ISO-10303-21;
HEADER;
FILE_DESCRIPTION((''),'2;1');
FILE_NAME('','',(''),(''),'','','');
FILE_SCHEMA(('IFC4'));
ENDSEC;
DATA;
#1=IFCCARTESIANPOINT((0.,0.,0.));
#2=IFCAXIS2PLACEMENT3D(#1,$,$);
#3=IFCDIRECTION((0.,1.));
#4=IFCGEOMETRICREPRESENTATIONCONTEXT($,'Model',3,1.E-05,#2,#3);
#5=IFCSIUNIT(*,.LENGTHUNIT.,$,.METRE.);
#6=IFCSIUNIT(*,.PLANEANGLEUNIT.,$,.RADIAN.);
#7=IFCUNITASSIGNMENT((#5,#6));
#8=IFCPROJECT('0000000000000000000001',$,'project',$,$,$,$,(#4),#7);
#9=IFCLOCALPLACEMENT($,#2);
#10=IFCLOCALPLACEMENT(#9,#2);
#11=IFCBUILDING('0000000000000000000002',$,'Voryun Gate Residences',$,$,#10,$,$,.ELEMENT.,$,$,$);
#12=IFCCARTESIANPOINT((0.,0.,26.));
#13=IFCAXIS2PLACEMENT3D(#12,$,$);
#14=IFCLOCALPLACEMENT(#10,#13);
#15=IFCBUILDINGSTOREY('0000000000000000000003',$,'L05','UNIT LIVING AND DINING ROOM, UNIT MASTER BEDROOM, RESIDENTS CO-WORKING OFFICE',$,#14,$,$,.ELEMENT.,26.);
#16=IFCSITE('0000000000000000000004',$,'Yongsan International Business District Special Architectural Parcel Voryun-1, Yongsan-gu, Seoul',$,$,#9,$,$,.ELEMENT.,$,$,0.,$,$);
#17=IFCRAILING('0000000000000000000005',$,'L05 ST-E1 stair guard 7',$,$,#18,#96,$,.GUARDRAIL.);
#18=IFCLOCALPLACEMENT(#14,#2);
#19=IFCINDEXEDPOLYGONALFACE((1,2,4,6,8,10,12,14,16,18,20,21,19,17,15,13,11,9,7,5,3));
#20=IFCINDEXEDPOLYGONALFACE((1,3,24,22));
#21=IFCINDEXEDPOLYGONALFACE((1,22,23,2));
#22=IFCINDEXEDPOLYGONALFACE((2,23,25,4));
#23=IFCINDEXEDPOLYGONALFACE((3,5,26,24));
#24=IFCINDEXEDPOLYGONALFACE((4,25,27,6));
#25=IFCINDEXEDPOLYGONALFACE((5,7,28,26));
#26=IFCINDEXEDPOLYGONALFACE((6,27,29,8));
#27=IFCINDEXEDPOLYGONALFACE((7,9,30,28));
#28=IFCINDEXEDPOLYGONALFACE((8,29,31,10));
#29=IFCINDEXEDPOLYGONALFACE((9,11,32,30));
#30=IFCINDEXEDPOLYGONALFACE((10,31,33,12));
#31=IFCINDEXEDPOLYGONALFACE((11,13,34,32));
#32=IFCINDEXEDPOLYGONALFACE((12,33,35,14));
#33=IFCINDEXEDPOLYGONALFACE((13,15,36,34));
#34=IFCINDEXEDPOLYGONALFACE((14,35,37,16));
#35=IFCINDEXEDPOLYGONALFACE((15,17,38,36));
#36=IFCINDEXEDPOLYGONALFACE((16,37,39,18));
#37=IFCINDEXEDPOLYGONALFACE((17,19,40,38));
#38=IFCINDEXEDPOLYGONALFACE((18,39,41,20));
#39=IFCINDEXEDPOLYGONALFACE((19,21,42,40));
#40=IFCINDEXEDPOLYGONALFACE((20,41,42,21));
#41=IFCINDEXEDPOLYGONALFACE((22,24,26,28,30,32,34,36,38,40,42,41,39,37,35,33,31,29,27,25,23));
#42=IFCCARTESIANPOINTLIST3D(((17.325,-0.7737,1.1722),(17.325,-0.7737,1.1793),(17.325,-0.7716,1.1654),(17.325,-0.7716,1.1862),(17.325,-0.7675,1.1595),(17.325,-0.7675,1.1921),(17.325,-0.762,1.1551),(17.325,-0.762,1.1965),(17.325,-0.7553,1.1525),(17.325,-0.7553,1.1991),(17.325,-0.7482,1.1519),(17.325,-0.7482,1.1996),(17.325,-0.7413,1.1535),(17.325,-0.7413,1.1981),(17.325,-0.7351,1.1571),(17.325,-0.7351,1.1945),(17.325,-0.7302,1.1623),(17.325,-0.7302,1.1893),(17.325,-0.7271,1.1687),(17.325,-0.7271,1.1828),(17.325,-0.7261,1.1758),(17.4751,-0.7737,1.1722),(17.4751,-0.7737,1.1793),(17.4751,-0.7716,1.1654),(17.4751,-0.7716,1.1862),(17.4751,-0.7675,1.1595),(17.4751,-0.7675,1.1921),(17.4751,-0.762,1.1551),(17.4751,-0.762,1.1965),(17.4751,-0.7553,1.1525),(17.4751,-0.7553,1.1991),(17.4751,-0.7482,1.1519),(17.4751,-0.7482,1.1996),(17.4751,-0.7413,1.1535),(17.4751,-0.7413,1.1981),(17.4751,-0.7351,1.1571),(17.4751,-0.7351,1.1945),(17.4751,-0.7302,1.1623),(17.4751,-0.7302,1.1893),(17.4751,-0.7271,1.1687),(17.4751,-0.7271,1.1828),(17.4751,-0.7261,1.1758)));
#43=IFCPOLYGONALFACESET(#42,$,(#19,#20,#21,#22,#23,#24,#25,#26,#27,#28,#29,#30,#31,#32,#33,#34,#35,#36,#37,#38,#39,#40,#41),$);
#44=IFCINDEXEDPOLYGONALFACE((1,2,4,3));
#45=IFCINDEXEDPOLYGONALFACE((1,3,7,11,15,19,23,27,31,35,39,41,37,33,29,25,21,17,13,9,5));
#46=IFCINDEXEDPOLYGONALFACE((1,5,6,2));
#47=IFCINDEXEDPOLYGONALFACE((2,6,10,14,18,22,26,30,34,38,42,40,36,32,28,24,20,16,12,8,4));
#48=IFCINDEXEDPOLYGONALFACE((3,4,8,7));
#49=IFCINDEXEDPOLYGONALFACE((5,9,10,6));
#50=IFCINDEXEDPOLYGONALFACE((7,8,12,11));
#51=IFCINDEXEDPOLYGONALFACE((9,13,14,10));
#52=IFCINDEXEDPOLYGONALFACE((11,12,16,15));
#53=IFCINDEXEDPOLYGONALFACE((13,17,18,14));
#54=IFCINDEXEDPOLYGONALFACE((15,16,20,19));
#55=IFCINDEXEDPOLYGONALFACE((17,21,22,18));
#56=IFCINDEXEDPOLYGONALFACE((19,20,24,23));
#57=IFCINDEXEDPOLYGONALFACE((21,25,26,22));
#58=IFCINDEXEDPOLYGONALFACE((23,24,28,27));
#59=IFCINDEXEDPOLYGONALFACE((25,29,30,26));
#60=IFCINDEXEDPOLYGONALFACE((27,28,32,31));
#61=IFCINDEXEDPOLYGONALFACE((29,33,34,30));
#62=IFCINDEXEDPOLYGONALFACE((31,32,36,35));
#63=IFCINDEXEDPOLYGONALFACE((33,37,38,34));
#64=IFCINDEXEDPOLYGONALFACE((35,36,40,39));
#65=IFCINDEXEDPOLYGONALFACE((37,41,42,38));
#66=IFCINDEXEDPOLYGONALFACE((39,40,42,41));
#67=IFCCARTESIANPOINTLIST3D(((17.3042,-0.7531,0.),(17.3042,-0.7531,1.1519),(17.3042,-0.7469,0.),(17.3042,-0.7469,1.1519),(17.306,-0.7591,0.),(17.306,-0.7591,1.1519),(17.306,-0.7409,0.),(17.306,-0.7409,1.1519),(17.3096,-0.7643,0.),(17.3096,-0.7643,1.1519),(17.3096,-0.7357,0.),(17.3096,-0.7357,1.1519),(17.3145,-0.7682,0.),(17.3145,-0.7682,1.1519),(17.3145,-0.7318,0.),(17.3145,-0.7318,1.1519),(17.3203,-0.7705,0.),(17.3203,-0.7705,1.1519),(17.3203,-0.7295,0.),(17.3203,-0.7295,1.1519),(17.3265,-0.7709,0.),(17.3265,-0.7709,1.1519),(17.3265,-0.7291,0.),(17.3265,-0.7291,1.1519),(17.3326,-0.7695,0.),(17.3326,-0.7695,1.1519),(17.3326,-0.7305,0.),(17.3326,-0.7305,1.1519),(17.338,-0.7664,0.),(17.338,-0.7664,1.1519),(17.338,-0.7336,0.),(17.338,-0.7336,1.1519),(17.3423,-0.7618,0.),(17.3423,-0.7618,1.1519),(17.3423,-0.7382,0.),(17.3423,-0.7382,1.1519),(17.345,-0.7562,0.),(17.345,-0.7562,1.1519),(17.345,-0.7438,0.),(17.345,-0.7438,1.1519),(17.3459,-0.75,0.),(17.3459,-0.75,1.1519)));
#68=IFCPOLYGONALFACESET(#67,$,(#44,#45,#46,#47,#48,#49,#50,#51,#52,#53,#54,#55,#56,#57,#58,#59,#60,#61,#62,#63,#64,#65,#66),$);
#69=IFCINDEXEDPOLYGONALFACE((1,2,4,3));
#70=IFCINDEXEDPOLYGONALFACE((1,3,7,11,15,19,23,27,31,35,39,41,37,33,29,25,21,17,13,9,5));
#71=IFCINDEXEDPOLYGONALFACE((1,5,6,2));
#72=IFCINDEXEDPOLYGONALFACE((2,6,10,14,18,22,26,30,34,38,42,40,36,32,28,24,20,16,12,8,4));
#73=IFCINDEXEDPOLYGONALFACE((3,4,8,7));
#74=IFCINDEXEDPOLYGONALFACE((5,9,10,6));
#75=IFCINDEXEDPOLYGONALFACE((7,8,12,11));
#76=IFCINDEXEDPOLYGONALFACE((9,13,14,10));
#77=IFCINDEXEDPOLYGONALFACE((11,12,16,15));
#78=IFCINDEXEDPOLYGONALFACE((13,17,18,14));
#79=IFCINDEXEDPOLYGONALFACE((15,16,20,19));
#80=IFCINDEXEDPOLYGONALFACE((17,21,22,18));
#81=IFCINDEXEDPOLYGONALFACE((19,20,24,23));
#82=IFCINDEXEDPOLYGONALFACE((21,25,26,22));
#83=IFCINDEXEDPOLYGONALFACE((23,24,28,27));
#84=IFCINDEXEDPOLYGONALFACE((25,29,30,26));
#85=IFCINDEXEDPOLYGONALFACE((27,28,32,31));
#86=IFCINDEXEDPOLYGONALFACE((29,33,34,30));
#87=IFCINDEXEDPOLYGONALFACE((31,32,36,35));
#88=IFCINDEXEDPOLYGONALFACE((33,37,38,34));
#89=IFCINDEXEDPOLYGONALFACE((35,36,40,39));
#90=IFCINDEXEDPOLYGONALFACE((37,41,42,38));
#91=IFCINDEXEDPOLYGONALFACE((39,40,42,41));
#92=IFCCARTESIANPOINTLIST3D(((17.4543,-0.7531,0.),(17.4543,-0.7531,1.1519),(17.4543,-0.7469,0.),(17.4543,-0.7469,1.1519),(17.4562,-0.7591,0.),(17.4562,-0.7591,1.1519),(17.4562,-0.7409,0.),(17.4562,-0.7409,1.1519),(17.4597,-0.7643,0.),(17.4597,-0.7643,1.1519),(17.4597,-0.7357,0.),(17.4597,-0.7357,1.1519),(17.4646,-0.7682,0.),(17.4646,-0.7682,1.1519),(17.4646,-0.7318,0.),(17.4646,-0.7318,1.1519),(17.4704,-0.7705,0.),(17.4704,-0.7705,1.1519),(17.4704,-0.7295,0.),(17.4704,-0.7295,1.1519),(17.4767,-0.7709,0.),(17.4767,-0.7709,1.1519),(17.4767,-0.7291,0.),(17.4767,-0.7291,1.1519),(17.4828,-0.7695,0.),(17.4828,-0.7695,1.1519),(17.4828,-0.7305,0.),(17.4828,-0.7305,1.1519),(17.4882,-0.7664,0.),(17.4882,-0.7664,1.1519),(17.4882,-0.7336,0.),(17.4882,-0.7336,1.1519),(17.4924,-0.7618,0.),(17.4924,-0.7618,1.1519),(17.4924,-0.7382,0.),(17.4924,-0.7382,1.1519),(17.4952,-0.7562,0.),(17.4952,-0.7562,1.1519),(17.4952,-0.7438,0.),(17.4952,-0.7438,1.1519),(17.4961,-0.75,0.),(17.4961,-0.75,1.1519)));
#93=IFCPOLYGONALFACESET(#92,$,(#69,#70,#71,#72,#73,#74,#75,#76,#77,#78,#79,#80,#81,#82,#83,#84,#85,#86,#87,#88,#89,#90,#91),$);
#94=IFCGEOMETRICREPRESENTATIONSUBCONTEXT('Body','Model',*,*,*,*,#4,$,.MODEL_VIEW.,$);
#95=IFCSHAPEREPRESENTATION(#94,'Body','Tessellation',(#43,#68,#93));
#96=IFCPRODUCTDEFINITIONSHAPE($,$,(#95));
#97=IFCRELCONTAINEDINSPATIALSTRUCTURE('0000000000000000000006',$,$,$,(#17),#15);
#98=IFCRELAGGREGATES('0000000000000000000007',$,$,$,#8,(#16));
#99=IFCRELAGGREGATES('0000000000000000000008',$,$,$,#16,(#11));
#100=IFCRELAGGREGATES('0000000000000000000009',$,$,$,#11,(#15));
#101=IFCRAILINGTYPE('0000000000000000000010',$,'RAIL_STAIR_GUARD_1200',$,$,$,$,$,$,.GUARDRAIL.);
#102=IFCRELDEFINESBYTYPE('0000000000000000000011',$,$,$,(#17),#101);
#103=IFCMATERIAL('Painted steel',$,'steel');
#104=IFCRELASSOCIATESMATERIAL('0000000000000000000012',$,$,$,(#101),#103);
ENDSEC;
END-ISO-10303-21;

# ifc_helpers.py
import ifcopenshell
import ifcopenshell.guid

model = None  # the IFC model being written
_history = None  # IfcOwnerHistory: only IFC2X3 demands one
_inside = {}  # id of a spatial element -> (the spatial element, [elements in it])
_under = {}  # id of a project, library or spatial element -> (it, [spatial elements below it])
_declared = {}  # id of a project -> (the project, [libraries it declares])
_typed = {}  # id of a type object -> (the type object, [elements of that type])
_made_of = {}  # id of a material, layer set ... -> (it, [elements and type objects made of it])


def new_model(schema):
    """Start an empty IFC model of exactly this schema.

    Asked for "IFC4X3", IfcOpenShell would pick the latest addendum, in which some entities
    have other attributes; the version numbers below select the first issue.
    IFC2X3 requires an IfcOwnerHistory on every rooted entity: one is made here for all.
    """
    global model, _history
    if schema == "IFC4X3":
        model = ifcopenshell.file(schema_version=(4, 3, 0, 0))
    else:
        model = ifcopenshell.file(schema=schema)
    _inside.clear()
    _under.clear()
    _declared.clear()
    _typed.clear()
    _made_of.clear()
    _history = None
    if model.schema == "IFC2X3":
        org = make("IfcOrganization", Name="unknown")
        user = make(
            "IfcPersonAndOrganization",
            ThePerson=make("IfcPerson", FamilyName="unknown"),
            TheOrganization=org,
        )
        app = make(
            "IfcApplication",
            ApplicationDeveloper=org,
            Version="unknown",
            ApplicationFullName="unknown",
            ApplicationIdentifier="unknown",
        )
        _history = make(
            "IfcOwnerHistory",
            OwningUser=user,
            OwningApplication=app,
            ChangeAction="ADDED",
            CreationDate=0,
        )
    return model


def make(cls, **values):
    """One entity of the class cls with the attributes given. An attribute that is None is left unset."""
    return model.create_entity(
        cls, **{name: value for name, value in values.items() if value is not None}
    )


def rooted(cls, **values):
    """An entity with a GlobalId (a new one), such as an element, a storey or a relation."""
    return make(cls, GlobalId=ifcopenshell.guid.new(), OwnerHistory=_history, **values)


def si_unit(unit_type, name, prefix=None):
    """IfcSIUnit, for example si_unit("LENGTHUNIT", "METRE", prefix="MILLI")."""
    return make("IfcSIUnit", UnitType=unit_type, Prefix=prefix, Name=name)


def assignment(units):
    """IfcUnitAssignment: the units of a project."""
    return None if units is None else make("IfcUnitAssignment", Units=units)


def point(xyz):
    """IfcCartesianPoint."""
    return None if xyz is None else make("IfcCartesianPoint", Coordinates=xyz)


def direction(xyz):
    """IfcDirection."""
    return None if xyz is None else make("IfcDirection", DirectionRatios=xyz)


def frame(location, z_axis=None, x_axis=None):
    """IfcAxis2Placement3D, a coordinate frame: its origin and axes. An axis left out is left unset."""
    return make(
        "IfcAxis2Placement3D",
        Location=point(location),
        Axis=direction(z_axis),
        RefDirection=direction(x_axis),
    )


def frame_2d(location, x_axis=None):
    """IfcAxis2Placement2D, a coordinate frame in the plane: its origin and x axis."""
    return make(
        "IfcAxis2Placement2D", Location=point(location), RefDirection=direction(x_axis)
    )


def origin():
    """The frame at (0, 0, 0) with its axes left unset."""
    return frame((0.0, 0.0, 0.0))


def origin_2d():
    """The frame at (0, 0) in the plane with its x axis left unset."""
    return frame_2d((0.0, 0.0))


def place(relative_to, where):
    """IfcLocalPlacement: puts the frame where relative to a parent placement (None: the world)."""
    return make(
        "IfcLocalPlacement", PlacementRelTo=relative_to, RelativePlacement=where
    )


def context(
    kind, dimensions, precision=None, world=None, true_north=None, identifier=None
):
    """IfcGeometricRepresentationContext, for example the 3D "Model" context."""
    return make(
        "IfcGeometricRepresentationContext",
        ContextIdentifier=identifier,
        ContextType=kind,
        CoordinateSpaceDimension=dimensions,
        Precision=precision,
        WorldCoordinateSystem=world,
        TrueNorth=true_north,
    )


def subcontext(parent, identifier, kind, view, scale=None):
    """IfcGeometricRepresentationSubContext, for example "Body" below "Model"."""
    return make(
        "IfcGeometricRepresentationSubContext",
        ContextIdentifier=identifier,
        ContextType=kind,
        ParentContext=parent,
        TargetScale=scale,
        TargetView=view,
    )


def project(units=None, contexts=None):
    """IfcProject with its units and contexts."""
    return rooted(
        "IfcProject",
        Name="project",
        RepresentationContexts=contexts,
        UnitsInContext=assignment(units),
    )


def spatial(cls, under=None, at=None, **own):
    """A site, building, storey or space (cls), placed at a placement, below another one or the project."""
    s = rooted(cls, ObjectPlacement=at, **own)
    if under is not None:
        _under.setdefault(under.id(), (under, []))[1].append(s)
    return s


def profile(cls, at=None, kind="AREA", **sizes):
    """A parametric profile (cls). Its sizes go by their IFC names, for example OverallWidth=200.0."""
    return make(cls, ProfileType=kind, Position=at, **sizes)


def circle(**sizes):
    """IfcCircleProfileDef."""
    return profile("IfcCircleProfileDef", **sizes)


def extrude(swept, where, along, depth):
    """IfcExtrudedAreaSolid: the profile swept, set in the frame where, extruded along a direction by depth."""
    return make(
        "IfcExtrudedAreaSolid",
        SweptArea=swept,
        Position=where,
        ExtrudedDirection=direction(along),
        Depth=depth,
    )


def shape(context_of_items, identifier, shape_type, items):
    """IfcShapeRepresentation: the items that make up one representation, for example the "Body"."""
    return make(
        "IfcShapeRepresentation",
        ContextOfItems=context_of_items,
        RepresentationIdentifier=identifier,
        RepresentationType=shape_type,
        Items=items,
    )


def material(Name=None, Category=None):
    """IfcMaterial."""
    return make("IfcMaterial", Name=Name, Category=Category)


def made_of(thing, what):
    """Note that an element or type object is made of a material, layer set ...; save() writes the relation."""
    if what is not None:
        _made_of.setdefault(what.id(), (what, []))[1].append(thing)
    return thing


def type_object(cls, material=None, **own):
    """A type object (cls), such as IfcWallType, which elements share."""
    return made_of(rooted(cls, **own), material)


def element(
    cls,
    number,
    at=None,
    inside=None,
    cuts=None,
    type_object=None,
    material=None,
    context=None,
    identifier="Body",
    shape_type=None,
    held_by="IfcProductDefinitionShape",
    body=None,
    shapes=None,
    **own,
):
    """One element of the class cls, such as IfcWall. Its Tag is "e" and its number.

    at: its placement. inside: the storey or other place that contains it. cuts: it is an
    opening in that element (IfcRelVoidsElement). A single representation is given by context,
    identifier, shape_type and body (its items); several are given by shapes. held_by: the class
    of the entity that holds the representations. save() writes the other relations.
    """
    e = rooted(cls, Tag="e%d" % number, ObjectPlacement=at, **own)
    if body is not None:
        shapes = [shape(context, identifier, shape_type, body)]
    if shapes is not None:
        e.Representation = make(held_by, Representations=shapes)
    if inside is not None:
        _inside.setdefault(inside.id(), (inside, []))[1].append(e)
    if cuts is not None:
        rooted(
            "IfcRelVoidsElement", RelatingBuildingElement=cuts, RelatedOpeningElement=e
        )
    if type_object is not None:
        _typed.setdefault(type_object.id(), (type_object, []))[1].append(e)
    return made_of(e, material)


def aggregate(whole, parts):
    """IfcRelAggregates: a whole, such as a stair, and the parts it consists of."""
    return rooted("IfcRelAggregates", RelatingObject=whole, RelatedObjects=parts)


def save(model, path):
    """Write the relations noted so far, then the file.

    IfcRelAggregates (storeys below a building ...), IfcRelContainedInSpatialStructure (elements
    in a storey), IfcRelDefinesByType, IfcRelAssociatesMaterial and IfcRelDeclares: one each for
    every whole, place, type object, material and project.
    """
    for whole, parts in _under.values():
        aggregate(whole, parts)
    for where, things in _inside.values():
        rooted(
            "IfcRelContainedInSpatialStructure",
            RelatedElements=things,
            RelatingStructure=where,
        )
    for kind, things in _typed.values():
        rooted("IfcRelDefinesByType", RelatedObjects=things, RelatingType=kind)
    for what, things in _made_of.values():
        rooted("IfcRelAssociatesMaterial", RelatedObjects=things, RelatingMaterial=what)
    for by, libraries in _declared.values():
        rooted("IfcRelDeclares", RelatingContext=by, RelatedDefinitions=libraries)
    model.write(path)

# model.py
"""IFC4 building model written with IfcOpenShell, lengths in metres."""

from ifc_helpers import new_model, si_unit, direction, frame, origin, origin_2d, place, context, subcontext, project, spatial, circle, extrude, material, type_object, element, save


model = new_model("IFC4")

# Units and contexts
model_context = context("Model", 3, precision=1e-05, world=origin(), true_north=direction((0.0, 1.0)))
body_context = subcontext(model_context, "Body", "Model", "MODEL_VIEW")
ifc_project = project(units=[si_unit("LENGTHUNIT", "METRE"), si_unit("PLANEANGLEUNIT", "RADIAN")], contexts=[model_context])

# Site, building, storey
site_placement = place(None, origin())
site = spatial("IfcSite", under=ifc_project, at=site_placement, Name="Yongsan International Business District Special Architectural Parcel Voryun-1, Yongsan-gu, Seoul", CompositionType="ELEMENT", RefElevation=0.0)
building_placement = place(site_placement, origin())
building = spatial("IfcBuilding", under=site, at=building_placement, Name="Voryun Gate Residences", CompositionType="ELEMENT")
storey_placement = place(building_placement, frame((0.0, 0.0, 26.0)))
storey = spatial("IfcBuildingStorey", under=building, at=storey_placement, Name="L05", Description="UNIT LIVING AND DINING ROOM, UNIT MASTER BEDROOM, RESIDENTS CO-WORKING OFFICE", CompositionType="ELEMENT", Elevation=26.0)

# Railing
ifc_material_1 = material(Name="Painted steel", Category="steel")
railing_type_1 = type_object("IfcRailingType", Name="RAIL_STAIR_GUARD_1200", PredefinedType="GUARDRAIL", material=ifc_material_1)
railing_1_placement = place(storey_placement, frame((17.325, -0.75, 0.0)))
element("IfcRailing", 1, at=railing_1_placement, inside=storey, type_object=railing_type_1, Name="L05 ST-E1 stair guard 7", PredefinedType="GUARDRAIL", context=body_context, shape_type="SweptSolid", body=[
    extrude(circle(Radius=0.0239, at=origin_2d()), frame((0.0, 0.0, 1.1758), z_axis=(1.0, 0.0, 0.0), x_axis=(0.0, 1.0, 0.0)), (0.0, 0.0, 1.0), 0.1501),
    extrude(circle(Radius=0.021, at=origin_2d()), origin(), (0.0, 0.0, 1.0), 1.1519),
    extrude(circle(Radius=0.021, at=origin_2d()), frame((0.1501, 0.0, 0.0)), (0.0, 0.0, 1.0), 1.1519),
])

save(model, "model.ifc")
